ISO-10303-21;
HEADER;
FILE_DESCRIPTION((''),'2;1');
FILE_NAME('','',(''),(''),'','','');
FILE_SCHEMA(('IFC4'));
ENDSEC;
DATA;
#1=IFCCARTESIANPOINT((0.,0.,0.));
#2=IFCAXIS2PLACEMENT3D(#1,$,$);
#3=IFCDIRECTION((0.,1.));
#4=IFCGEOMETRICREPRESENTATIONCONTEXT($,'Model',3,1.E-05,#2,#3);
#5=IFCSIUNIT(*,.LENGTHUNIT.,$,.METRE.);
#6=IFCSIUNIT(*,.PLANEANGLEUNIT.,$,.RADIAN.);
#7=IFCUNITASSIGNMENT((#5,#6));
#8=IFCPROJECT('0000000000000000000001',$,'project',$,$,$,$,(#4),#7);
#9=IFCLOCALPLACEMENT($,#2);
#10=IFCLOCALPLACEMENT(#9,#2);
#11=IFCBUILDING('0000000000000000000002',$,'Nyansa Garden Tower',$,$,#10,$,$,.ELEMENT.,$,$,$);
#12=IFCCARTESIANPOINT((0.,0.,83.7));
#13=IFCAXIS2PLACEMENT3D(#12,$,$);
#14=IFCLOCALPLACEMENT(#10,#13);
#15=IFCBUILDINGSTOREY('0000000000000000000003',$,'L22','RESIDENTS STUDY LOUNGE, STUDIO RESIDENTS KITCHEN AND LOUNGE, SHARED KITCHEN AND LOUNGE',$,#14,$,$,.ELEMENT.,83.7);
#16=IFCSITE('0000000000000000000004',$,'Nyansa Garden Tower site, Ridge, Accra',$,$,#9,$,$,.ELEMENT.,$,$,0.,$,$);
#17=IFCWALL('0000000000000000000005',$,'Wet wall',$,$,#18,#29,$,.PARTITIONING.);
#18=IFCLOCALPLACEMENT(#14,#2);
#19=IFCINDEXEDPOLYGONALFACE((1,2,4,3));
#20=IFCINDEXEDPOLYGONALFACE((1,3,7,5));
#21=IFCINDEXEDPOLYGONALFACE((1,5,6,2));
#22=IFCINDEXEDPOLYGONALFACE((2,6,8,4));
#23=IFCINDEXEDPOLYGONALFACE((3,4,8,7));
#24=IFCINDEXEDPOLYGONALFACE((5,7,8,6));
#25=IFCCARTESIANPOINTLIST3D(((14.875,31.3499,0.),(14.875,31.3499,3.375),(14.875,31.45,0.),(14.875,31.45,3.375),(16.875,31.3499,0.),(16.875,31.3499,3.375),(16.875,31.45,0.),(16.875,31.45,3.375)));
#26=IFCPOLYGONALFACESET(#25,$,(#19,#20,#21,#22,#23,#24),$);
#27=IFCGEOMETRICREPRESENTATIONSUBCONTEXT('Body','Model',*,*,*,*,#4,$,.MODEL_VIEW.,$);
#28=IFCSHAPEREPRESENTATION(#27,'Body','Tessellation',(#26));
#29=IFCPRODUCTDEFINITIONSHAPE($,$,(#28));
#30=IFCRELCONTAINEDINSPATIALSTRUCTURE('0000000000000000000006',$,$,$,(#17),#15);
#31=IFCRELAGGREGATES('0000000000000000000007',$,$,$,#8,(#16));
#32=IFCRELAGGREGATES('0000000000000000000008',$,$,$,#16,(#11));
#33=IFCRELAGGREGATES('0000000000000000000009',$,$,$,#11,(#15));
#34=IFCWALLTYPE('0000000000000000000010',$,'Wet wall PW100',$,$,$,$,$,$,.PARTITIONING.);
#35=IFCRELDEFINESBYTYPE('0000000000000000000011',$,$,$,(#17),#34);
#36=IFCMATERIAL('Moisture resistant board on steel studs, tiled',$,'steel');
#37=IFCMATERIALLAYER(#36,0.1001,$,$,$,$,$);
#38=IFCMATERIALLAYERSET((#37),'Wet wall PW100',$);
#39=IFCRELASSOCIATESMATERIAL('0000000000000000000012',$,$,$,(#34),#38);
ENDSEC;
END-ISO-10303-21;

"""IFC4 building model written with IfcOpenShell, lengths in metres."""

from ifc_helpers import new_model, si_unit, direction, frame, frame_2d, origin, place, context, subcontext, project, spatial, rectangle, extrude, material, layer, layer_set, type_object, element, save


model = new_model("IFC4")

# Units and contexts
model_context = context("Model", 3, precision=1e-05, world=origin(), true_north=direction((0.0, 1.0)))
body_context = subcontext(model_context, "Body", "Model", "MODEL_VIEW")
ifc_project = project(units=[si_unit("LENGTHUNIT", "METRE"), si_unit("PLANEANGLEUNIT", "RADIAN")], contexts=[model_context])

# Site, building, storey
site_placement = place(None, origin())
site = spatial("IfcSite", under=ifc_project, at=site_placement, Name="Nyansa Garden Tower site, Ridge, Accra", CompositionType="ELEMENT", RefElevation=0.0)
building_placement = place(site_placement, origin())
building = spatial("IfcBuilding", under=site, at=building_placement, Name="Nyansa Garden Tower", CompositionType="ELEMENT")
storey_placement = place(building_placement, frame((0.0, 0.0, 83.7)))
storey = spatial("IfcBuildingStorey", under=building, at=storey_placement, Name="L22", Description="RESIDENTS STUDY LOUNGE, STUDIO RESIDENTS KITCHEN AND LOUNGE, SHARED KITCHEN AND LOUNGE", CompositionType="ELEMENT", Elevation=83.7)

# Shared definitions
ifc_material_1 = material(Name="Moisture resistant board on steel studs, tiled", Category="steel")
ifc_layer_1 = layer(ifc_material_1, 0.1001)
ifc_layer_set_1 = layer_set([ifc_layer_1], Name="Wet wall PW100")
wall_type_1 = type_object("IfcWallType", Name="Wet wall PW100", PredefinedType="PARTITIONING", material=ifc_layer_set_1)

# Wall
wall_1_placement = place(storey_placement, frame((14.875, 31.3999, 0.0), z_axis=(0.0, 0.0, 1.0), x_axis=(1.0, 0.0, 0.0)))
element("IfcWall", 1, at=wall_1_placement, inside=storey, type_object=wall_type_1, Name="Wet wall", PredefinedType="PARTITIONING", context=body_context, shape_type="SweptSolid", body=[
    extrude(rectangle(XDim=2.0, YDim=0.1001, at=frame_2d((1.0, 0.0))), origin(), (0.0, 0.0, 1.0), 3.375),
])

save(model, "model.ifc")
